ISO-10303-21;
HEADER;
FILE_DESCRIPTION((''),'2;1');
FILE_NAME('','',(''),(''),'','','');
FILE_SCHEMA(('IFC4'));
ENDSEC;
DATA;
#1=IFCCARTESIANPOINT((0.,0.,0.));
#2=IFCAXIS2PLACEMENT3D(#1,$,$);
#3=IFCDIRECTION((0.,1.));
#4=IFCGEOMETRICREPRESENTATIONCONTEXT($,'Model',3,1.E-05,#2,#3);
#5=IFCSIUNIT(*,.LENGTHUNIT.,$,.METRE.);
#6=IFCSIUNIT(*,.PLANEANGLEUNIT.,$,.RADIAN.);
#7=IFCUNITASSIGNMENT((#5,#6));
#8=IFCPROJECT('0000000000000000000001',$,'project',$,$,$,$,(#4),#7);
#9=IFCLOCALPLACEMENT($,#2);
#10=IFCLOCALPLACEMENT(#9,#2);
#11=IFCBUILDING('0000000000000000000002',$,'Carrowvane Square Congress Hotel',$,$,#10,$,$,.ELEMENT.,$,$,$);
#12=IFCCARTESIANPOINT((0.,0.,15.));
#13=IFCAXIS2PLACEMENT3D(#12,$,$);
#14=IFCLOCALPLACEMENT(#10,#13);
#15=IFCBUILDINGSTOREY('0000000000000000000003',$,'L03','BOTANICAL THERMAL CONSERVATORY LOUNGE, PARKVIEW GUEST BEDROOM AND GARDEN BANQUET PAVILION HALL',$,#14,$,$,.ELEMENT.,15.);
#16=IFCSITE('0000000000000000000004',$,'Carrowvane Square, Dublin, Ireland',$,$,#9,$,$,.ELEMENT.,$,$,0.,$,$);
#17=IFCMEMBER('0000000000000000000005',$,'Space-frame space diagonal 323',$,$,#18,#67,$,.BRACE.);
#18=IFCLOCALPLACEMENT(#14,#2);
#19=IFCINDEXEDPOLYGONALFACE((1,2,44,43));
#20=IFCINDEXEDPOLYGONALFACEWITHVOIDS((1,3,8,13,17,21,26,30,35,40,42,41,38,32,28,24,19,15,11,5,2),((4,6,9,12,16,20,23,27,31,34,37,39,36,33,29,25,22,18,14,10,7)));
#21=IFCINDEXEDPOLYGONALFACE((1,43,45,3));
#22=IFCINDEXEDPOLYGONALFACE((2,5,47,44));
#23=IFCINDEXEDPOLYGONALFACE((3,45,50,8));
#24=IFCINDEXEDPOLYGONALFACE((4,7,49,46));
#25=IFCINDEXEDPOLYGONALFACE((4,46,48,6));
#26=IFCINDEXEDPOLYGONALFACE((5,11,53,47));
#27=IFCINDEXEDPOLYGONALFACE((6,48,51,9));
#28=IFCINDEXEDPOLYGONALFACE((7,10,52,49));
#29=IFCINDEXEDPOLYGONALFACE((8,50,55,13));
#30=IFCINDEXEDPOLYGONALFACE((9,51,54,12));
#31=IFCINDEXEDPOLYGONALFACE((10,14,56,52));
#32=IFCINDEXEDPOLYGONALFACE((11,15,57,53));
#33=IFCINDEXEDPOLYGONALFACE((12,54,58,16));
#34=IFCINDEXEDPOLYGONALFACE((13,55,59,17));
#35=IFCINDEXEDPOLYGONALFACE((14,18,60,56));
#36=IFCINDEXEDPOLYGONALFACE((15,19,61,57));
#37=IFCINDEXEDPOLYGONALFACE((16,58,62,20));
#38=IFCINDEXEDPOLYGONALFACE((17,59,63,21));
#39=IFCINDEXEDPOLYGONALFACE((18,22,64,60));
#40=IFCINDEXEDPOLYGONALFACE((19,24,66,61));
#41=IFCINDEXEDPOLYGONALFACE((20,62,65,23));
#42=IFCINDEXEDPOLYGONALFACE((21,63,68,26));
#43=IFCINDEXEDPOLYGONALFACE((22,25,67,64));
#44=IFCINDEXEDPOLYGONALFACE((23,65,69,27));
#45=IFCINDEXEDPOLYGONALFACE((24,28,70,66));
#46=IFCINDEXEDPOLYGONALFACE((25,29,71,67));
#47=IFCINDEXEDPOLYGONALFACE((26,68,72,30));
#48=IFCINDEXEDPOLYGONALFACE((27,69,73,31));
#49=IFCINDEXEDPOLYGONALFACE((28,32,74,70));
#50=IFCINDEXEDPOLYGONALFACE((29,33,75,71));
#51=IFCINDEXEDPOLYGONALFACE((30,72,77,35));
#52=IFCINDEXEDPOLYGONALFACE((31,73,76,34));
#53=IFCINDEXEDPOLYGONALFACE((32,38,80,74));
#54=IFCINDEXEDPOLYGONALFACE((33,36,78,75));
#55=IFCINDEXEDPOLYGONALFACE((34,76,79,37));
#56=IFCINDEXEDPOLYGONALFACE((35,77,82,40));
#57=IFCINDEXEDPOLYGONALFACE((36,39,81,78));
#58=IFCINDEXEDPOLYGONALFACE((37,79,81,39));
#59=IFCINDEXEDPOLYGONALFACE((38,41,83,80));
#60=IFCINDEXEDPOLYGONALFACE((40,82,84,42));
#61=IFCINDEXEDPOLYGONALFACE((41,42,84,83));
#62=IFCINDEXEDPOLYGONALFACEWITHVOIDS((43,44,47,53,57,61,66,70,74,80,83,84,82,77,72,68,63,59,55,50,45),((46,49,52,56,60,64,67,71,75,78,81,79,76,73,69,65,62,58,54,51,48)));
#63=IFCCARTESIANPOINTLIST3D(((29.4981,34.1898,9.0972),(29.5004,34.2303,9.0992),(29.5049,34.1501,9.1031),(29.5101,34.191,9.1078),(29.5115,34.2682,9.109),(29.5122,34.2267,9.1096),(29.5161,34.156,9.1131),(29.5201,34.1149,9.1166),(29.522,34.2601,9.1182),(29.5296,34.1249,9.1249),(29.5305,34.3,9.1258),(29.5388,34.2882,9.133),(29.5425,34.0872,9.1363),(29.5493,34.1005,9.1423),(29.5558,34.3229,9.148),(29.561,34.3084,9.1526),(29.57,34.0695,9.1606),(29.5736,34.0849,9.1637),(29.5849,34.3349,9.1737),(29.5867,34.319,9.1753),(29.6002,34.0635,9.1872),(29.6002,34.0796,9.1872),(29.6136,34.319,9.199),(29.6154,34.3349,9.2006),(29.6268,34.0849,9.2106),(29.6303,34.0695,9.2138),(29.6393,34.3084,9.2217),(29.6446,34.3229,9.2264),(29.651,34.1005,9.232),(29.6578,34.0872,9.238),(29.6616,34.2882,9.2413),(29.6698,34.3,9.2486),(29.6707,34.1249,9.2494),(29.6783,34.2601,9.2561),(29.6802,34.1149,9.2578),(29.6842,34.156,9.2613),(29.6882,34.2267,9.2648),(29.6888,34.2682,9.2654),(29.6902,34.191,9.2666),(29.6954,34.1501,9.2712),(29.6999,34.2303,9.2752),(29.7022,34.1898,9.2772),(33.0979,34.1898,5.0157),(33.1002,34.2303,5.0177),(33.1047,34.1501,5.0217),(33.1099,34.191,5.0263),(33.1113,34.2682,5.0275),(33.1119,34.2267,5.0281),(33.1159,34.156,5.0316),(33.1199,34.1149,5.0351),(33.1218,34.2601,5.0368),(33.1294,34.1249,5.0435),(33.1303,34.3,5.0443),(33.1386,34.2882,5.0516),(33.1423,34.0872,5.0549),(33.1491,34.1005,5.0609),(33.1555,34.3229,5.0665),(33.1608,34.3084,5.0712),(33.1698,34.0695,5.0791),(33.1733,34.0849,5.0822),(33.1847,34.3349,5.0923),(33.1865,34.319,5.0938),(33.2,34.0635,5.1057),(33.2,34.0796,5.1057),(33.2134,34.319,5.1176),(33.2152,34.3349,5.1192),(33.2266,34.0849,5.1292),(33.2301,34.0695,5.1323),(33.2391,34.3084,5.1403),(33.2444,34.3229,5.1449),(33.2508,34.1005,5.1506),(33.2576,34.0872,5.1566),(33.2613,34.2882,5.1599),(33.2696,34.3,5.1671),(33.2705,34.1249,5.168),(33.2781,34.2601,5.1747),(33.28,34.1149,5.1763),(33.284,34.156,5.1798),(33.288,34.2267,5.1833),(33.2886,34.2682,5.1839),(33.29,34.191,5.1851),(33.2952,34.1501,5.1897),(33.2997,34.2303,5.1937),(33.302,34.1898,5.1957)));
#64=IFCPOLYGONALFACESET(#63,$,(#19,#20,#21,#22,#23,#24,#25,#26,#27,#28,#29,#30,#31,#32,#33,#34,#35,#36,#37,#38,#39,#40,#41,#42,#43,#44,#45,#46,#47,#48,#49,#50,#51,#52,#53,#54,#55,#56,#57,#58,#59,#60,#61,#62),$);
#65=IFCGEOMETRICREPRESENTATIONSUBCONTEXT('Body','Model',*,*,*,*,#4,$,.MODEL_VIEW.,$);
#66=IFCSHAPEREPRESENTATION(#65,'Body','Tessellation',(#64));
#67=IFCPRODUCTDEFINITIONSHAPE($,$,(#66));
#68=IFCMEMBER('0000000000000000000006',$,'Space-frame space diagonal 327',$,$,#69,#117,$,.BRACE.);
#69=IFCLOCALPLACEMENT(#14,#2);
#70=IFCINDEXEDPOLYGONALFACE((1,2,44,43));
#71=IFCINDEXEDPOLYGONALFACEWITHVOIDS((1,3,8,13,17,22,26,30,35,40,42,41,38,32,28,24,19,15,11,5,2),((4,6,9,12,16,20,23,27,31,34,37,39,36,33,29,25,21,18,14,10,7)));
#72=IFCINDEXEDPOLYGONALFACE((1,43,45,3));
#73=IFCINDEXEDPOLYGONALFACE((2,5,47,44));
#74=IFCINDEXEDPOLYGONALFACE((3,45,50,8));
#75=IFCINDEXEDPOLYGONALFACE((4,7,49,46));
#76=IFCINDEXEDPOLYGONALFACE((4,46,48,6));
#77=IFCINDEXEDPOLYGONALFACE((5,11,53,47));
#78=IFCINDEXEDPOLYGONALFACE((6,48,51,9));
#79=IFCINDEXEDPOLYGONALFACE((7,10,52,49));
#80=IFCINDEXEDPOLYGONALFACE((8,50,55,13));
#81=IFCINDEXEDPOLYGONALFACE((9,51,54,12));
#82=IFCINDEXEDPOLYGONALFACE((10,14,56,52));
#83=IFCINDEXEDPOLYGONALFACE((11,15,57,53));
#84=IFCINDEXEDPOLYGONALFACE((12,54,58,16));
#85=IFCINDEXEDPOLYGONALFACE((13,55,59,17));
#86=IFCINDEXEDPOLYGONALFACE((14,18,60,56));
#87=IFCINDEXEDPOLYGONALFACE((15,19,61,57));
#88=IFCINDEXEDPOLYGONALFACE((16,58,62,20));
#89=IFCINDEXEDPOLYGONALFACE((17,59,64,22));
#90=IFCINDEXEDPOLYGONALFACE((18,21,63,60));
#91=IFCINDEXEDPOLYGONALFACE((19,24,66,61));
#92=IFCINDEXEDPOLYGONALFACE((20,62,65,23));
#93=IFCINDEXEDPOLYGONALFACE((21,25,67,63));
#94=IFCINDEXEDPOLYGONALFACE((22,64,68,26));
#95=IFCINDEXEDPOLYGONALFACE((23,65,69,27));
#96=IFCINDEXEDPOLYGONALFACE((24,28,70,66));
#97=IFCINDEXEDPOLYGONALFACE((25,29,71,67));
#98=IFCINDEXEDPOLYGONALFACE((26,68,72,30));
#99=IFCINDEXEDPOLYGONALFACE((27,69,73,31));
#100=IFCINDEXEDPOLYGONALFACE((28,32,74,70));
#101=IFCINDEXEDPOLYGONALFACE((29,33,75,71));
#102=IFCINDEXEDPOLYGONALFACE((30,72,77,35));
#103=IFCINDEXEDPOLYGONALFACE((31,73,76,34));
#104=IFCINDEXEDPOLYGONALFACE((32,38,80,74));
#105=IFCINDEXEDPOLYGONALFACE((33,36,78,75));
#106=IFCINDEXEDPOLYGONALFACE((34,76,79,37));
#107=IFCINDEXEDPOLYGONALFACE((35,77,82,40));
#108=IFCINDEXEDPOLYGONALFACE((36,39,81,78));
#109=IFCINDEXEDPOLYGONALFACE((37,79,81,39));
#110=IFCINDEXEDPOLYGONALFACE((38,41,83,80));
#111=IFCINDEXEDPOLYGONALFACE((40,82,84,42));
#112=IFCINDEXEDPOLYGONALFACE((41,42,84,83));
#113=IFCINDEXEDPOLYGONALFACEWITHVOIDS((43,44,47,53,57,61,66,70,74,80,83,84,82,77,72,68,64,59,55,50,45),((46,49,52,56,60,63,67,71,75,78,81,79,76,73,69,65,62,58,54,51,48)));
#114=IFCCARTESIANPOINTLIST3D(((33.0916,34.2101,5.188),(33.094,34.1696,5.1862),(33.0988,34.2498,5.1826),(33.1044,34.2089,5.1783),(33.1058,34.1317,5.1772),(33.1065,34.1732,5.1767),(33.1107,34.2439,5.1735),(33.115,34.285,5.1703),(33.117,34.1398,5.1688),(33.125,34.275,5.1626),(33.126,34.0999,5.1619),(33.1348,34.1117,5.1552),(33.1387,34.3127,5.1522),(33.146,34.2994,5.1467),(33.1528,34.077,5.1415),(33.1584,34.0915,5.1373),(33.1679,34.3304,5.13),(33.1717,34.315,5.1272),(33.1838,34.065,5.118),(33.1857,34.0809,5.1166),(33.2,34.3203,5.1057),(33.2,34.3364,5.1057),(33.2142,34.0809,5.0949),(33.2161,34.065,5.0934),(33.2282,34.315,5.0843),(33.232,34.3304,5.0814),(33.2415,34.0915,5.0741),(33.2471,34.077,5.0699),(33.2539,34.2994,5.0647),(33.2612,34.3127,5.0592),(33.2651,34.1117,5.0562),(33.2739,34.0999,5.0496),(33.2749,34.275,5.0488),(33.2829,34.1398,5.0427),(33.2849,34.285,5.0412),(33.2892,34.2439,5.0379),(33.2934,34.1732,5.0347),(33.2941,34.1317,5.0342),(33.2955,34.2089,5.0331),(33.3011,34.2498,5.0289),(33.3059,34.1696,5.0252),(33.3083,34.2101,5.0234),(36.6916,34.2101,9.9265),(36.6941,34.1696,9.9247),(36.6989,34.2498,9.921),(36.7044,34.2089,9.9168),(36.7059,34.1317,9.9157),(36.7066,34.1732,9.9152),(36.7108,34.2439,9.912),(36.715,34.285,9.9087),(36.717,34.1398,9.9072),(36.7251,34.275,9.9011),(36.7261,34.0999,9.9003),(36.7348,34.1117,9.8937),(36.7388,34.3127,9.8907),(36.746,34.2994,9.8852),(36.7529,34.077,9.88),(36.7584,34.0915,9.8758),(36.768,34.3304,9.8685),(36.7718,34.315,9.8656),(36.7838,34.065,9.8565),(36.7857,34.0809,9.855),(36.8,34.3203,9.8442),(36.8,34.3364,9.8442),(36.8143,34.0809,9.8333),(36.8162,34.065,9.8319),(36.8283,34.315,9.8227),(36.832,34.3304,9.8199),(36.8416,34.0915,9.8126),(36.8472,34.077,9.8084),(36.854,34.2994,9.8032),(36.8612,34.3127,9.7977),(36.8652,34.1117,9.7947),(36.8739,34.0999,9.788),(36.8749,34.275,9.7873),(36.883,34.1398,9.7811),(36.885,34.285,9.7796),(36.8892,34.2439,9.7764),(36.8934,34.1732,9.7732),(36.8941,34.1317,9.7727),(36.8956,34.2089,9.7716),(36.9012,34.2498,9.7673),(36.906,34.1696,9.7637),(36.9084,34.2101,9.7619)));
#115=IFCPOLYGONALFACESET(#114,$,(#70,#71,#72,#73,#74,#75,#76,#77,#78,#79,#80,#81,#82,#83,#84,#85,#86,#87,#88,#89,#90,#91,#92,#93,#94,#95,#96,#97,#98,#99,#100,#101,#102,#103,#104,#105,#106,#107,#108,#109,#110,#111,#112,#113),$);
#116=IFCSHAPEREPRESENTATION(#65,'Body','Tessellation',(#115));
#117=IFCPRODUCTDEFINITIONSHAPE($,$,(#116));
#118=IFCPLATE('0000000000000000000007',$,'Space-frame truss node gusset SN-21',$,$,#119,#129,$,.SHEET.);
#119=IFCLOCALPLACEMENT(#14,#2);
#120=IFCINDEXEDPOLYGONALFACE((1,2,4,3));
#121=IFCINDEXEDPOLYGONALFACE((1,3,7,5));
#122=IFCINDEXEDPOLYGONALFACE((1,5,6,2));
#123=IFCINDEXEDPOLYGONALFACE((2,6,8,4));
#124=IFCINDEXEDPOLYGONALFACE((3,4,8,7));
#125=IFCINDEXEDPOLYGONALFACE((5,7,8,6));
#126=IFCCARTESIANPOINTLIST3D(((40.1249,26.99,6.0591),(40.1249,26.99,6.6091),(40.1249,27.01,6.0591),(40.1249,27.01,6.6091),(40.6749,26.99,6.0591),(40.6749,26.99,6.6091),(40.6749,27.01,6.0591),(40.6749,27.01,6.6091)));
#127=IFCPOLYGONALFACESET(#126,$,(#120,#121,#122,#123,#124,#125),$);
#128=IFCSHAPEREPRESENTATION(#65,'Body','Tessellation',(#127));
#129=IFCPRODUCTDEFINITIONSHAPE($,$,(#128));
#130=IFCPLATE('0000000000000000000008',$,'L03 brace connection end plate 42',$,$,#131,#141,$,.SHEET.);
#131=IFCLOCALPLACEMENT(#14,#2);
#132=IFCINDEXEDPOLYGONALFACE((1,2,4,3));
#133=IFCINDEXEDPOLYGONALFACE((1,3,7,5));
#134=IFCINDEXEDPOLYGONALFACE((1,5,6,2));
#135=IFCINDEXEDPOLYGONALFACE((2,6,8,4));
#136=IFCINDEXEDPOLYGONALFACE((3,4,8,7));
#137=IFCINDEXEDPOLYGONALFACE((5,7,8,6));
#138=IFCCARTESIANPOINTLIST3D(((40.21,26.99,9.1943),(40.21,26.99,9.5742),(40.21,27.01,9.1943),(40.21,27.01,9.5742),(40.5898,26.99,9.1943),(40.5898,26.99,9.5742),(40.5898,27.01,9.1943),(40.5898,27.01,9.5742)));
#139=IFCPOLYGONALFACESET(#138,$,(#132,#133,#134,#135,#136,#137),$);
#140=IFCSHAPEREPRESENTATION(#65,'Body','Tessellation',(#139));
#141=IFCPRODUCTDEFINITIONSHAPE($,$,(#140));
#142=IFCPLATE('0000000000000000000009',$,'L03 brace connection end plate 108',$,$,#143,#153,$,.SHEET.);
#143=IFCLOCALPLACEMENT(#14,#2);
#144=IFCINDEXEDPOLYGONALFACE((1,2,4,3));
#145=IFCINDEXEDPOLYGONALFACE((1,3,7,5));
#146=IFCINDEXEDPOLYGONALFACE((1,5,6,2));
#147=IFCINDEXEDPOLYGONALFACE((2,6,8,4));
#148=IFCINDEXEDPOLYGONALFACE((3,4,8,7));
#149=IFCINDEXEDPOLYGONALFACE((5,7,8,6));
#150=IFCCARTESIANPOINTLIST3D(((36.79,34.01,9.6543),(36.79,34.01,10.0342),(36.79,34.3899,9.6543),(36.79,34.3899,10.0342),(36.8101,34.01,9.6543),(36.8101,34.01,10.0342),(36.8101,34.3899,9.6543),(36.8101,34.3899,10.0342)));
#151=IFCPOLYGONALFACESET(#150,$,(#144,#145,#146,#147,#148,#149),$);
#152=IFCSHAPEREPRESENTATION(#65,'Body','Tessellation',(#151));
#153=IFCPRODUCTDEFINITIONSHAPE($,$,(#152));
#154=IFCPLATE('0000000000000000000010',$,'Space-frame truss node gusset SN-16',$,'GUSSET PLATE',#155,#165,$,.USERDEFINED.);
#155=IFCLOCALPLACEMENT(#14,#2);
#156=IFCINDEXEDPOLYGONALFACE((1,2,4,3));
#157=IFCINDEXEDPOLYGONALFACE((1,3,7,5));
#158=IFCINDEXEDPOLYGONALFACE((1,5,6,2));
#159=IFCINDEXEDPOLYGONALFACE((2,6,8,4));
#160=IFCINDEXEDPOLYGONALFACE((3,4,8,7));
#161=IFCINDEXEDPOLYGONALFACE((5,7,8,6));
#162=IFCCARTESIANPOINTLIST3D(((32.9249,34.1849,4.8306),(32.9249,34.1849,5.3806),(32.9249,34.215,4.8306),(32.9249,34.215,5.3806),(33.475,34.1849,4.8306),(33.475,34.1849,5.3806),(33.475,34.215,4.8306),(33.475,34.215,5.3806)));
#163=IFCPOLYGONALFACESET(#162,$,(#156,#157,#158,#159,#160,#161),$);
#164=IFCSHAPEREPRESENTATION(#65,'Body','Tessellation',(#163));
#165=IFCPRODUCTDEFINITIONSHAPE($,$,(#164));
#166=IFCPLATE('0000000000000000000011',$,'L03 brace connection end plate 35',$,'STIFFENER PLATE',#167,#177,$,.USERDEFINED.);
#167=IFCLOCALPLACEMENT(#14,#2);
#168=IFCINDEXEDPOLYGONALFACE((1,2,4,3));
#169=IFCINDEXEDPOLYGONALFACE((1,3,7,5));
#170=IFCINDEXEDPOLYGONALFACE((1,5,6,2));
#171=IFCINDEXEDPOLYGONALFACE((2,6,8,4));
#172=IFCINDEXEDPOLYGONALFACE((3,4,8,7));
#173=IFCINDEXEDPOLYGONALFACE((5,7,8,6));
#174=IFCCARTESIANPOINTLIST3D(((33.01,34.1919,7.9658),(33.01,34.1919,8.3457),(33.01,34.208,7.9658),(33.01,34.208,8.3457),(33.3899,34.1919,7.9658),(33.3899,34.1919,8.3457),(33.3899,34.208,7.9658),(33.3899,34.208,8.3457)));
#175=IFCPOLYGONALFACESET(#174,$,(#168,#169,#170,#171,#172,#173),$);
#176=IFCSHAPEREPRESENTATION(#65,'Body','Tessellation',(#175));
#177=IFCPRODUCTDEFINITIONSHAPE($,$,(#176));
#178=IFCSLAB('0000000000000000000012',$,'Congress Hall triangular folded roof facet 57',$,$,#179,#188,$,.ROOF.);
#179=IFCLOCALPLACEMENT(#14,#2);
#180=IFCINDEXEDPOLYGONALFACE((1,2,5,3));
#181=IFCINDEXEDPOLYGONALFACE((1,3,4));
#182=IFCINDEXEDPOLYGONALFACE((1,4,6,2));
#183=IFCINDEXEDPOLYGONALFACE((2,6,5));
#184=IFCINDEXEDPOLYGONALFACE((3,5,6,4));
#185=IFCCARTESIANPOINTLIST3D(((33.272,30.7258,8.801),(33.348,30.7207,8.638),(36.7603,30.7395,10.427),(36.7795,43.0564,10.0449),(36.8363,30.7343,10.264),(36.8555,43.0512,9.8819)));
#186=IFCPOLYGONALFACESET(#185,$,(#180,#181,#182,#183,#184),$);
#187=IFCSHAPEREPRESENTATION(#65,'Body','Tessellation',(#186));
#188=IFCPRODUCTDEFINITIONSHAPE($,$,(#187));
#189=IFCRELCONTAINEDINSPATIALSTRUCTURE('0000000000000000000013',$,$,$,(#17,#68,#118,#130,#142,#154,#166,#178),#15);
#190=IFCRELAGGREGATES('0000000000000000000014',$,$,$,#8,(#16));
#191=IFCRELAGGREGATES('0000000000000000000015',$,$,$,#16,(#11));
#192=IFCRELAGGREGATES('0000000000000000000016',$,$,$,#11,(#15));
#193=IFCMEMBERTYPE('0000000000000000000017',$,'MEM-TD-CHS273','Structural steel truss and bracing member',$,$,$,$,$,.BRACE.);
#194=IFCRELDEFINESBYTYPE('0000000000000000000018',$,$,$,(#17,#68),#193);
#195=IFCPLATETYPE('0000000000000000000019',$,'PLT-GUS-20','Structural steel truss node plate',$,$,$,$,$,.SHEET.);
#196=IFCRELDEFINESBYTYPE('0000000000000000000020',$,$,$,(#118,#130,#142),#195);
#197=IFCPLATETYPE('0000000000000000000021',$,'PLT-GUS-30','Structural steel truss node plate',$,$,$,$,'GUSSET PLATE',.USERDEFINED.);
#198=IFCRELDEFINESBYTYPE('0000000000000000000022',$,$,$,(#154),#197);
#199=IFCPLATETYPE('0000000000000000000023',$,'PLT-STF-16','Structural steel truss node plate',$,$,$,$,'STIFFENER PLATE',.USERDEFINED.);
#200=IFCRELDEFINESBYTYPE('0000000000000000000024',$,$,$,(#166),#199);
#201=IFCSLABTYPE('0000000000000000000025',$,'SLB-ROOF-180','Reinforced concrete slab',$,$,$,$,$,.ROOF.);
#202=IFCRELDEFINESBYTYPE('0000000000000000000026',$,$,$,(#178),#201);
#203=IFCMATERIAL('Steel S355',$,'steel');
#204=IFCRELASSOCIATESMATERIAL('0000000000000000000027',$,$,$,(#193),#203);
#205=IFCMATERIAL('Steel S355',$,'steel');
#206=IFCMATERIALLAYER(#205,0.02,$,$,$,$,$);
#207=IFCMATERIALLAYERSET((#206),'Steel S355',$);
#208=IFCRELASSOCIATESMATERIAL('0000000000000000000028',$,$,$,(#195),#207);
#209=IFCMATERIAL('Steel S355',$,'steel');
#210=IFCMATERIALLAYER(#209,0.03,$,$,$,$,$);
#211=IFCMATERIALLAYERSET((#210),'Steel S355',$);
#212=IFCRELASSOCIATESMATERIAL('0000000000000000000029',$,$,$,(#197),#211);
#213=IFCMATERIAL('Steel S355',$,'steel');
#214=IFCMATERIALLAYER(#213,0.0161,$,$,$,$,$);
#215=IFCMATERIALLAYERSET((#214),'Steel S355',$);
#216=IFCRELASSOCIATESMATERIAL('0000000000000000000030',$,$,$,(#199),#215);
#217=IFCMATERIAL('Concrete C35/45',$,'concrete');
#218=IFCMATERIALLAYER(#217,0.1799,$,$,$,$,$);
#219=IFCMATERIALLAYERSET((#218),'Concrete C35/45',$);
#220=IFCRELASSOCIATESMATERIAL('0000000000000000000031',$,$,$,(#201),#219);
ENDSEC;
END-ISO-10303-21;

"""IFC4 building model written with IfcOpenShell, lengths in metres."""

from ifc_helpers import new_model, si_unit, direction, frame, origin, origin_2d, place, context, subcontext, project, spatial, polyline, rectangle, hollow_circle, outline, extrude, material, layer, layer_set, material_profile, profile_set, type_object, element, save


model = new_model("IFC4")

# Units and contexts
model_context = context("Model", 3, precision=1e-05, world=origin(), true_north=direction((0.0, 1.0)))
body_context = subcontext(model_context, "Body", "Model", "MODEL_VIEW")
ifc_project = project(units=[si_unit("LENGTHUNIT", "METRE"), si_unit("PLANEANGLEUNIT", "RADIAN")], contexts=[model_context])

# Site, building, storey
site_placement = place(None, origin())
site = spatial("IfcSite", under=ifc_project, at=site_placement, Name="Carrowvane Square, Dublin, Ireland", CompositionType="ELEMENT", RefElevation=0.0)
building_placement = place(site_placement, origin())
building = spatial("IfcBuilding", under=site, at=building_placement, Name="Carrowvane Square Congress Hotel", CompositionType="ELEMENT")
storey_placement = place(building_placement, frame((0.0, 0.0, 15.0)))
storey = spatial("IfcBuildingStorey", under=building, at=storey_placement, Name="L03", Description="BOTANICAL THERMAL CONSERVATORY LOUNGE, PARKVIEW GUEST BEDROOM AND GARDEN BANQUET PAVILION HALL", CompositionType="ELEMENT", Elevation=15.0)

# Members
ifc_material_1 = material(Name="Steel S355", Category="steel")
ifc_material_profile_1 = material_profile(ifc_material_1, hollow_circle(Radius=0.1365, WallThickness=0.0161, at=origin_2d()), Name="CHS 273.0x16")
ifc_profile_set_1 = profile_set([ifc_material_profile_1], Name="Steel S355")
member_type_1 = type_object("IfcMemberType", Name="MEM-TD-CHS273", Description="Structural steel truss and bracing member", PredefinedType="BRACE", material=ifc_profile_set_1)
member_1_placement = place(storey_placement, frame((33.2, 34.2, 5.1057), z_axis=(-0.661466, 0.0, 0.749975), x_axis=(0.0, -1.0, 0.0)))
element("IfcMember", 1, at=member_1_placement, inside=storey, type_object=member_type_1, Name="Space-frame space diagonal 323", PredefinedType="BRACE", context=body_context, shape_type="SweptSolid", body=[
    extrude(hollow_circle(Radius=0.1365, WallThickness=0.0161, at=origin_2d()), origin(), (0.0, 0.0, 1.0), 5.4421),
])
member_2_placement = place(storey_placement, frame((33.2, 34.2, 5.1057), z_axis=(0.604957, 0.0, 0.796258), x_axis=(0.0, 1.0, 0.0)))
element("IfcMember", 2, at=member_2_placement, inside=storey, type_object=member_type_1, Name="Space-frame space diagonal 327", PredefinedType="BRACE", context=body_context, shape_type="SweptSolid", body=[
    extrude(hollow_circle(Radius=0.1365, WallThickness=0.0161, at=origin_2d()), origin(), (0.0, 0.0, 1.0), 5.9509),
])

# Plates
ifc_material_2 = material(Name="Steel S355", Category="steel")
ifc_layer_1 = layer(ifc_material_2, 0.02)
ifc_layer_set_1 = layer_set([ifc_layer_1], Name="Steel S355")
plate_type_1 = type_object("IfcPlateType", Name="PLT-GUS-20", Description="Structural steel truss node plate", PredefinedType="SHEET", material=ifc_layer_set_1)
plate_1_placement = place(storey_placement, frame((40.3999, 27.0, 6.0591), z_axis=(0.0, 0.0, 1.0), x_axis=(1.0, 0.0, 0.0)))
element("IfcPlate", 3, at=plate_1_placement, inside=storey, type_object=plate_type_1, Name="Space-frame truss node gusset SN-21", PredefinedType="SHEET", context=body_context, shape_type="SweptSolid", body=[
    extrude(rectangle(XDim=0.55, YDim=0.02, at=origin_2d()), origin(), (0.0, 0.0, 1.0), 0.55),
])
plate_2_placement = place(storey_placement, frame((40.3999, 27.0, 9.1943), z_axis=(0.0, 0.0, 1.0), x_axis=(1.0, 0.0, 0.0)))
element("IfcPlate", 4, at=plate_2_placement, inside=storey, type_object=plate_type_1, Name="L03 brace connection end plate 42", PredefinedType="SHEET", context=body_context, shape_type="SweptSolid", body=[
    extrude(rectangle(XDim=0.3799, YDim=0.02, at=origin_2d()), origin(), (0.0, 0.0, 1.0), 0.3799),
])
plate_3_placement = place(storey_placement, frame((36.8, 34.2, 9.6543), z_axis=(0.0, 0.0, 1.0), x_axis=(1.0, 0.0, 0.0)))
element("IfcPlate", 5, at=plate_3_placement, inside=storey, type_object=plate_type_1, Name="L03 brace connection end plate 108", PredefinedType="SHEET", context=body_context, shape_type="SweptSolid", body=[
    extrude(rectangle(XDim=0.02, YDim=0.3799, at=origin_2d()), origin(), (0.0, 0.0, 1.0), 0.3799),
])
ifc_material_3 = material(Name="Steel S355", Category="steel")
ifc_layer_2 = layer(ifc_material_3, 0.03)
ifc_layer_set_2 = layer_set([ifc_layer_2], Name="Steel S355")
plate_type_2 = type_object("IfcPlateType", Name="PLT-GUS-30", Description="Structural steel truss node plate", ElementType="GUSSET PLATE", PredefinedType="USERDEFINED", material=ifc_layer_set_2)
plate_4_placement = place(storey_placement, frame((33.2, 34.2, 4.8306), z_axis=(0.0, 0.0, 1.0), x_axis=(1.0, 0.0, 0.0)))
element("IfcPlate", 6, at=plate_4_placement, inside=storey, type_object=plate_type_2, Name="Space-frame truss node gusset SN-16", ObjectType="GUSSET PLATE", PredefinedType="USERDEFINED", context=body_context, shape_type="SweptSolid", body=[
    extrude(rectangle(XDim=0.55, YDim=0.03, at=origin_2d()), origin(), (0.0, 0.0, 1.0), 0.55),
])
ifc_material_4 = material(Name="Steel S355", Category="steel")
ifc_layer_3 = layer(ifc_material_4, 0.0161)
ifc_layer_set_3 = layer_set([ifc_layer_3], Name="Steel S355")
plate_type_3 = type_object("IfcPlateType", Name="PLT-STF-16", Description="Structural steel truss node plate", ElementType="STIFFENER PLATE", PredefinedType="USERDEFINED", material=ifc_layer_set_3)
plate_5_placement = place(storey_placement, frame((33.2, 34.2, 7.9658), z_axis=(0.0, 0.0, 1.0), x_axis=(1.0, 0.0, 0.0)))
element("IfcPlate", 7, at=plate_5_placement, inside=storey, type_object=plate_type_3, Name="L03 brace connection end plate 35", ObjectType="STIFFENER PLATE", PredefinedType="USERDEFINED", context=body_context, shape_type="SweptSolid", body=[
    extrude(rectangle(XDim=0.3799, YDim=0.0161, at=origin_2d()), origin(), (0.0, 0.0, 1.0), 0.3799),
])

# Slab
ifc_material_5 = material(Name="Concrete C35/45", Category="concrete")
ifc_layer_4 = layer(ifc_material_5, 0.1799)
ifc_layer_set_4 = layer_set([ifc_layer_4], Name="Concrete C35/45")
slab_type = type_object("IfcSlabType", Name="SLB-ROOF-180", Description="Reinforced concrete slab", PredefinedType="ROOF", material=ifc_layer_set_4)
slab_1_placement = place(storey_placement, frame((33.272, 30.7258, 8.801), z_axis=(-0.4224, 0.028765, 0.905953), x_axis=(0.906365, 0.003552, 0.42248)))
element("IfcSlab", 8, at=slab_1_placement, inside=storey, type_object=slab_type, Name="Congress Hall triangular folded roof facet 57", PredefinedType="ROOF", context=body_context, shape_type="SweptSolid", body=[
    extrude(outline(polyline([(0.0, 0.0), (3.8486, 0.0), (3.7485, 12.3224), (0.0, 0.0)])), origin(), (0.0, 0.0, -1.0), 0.1799),
])

save(model, "model.ifc")
